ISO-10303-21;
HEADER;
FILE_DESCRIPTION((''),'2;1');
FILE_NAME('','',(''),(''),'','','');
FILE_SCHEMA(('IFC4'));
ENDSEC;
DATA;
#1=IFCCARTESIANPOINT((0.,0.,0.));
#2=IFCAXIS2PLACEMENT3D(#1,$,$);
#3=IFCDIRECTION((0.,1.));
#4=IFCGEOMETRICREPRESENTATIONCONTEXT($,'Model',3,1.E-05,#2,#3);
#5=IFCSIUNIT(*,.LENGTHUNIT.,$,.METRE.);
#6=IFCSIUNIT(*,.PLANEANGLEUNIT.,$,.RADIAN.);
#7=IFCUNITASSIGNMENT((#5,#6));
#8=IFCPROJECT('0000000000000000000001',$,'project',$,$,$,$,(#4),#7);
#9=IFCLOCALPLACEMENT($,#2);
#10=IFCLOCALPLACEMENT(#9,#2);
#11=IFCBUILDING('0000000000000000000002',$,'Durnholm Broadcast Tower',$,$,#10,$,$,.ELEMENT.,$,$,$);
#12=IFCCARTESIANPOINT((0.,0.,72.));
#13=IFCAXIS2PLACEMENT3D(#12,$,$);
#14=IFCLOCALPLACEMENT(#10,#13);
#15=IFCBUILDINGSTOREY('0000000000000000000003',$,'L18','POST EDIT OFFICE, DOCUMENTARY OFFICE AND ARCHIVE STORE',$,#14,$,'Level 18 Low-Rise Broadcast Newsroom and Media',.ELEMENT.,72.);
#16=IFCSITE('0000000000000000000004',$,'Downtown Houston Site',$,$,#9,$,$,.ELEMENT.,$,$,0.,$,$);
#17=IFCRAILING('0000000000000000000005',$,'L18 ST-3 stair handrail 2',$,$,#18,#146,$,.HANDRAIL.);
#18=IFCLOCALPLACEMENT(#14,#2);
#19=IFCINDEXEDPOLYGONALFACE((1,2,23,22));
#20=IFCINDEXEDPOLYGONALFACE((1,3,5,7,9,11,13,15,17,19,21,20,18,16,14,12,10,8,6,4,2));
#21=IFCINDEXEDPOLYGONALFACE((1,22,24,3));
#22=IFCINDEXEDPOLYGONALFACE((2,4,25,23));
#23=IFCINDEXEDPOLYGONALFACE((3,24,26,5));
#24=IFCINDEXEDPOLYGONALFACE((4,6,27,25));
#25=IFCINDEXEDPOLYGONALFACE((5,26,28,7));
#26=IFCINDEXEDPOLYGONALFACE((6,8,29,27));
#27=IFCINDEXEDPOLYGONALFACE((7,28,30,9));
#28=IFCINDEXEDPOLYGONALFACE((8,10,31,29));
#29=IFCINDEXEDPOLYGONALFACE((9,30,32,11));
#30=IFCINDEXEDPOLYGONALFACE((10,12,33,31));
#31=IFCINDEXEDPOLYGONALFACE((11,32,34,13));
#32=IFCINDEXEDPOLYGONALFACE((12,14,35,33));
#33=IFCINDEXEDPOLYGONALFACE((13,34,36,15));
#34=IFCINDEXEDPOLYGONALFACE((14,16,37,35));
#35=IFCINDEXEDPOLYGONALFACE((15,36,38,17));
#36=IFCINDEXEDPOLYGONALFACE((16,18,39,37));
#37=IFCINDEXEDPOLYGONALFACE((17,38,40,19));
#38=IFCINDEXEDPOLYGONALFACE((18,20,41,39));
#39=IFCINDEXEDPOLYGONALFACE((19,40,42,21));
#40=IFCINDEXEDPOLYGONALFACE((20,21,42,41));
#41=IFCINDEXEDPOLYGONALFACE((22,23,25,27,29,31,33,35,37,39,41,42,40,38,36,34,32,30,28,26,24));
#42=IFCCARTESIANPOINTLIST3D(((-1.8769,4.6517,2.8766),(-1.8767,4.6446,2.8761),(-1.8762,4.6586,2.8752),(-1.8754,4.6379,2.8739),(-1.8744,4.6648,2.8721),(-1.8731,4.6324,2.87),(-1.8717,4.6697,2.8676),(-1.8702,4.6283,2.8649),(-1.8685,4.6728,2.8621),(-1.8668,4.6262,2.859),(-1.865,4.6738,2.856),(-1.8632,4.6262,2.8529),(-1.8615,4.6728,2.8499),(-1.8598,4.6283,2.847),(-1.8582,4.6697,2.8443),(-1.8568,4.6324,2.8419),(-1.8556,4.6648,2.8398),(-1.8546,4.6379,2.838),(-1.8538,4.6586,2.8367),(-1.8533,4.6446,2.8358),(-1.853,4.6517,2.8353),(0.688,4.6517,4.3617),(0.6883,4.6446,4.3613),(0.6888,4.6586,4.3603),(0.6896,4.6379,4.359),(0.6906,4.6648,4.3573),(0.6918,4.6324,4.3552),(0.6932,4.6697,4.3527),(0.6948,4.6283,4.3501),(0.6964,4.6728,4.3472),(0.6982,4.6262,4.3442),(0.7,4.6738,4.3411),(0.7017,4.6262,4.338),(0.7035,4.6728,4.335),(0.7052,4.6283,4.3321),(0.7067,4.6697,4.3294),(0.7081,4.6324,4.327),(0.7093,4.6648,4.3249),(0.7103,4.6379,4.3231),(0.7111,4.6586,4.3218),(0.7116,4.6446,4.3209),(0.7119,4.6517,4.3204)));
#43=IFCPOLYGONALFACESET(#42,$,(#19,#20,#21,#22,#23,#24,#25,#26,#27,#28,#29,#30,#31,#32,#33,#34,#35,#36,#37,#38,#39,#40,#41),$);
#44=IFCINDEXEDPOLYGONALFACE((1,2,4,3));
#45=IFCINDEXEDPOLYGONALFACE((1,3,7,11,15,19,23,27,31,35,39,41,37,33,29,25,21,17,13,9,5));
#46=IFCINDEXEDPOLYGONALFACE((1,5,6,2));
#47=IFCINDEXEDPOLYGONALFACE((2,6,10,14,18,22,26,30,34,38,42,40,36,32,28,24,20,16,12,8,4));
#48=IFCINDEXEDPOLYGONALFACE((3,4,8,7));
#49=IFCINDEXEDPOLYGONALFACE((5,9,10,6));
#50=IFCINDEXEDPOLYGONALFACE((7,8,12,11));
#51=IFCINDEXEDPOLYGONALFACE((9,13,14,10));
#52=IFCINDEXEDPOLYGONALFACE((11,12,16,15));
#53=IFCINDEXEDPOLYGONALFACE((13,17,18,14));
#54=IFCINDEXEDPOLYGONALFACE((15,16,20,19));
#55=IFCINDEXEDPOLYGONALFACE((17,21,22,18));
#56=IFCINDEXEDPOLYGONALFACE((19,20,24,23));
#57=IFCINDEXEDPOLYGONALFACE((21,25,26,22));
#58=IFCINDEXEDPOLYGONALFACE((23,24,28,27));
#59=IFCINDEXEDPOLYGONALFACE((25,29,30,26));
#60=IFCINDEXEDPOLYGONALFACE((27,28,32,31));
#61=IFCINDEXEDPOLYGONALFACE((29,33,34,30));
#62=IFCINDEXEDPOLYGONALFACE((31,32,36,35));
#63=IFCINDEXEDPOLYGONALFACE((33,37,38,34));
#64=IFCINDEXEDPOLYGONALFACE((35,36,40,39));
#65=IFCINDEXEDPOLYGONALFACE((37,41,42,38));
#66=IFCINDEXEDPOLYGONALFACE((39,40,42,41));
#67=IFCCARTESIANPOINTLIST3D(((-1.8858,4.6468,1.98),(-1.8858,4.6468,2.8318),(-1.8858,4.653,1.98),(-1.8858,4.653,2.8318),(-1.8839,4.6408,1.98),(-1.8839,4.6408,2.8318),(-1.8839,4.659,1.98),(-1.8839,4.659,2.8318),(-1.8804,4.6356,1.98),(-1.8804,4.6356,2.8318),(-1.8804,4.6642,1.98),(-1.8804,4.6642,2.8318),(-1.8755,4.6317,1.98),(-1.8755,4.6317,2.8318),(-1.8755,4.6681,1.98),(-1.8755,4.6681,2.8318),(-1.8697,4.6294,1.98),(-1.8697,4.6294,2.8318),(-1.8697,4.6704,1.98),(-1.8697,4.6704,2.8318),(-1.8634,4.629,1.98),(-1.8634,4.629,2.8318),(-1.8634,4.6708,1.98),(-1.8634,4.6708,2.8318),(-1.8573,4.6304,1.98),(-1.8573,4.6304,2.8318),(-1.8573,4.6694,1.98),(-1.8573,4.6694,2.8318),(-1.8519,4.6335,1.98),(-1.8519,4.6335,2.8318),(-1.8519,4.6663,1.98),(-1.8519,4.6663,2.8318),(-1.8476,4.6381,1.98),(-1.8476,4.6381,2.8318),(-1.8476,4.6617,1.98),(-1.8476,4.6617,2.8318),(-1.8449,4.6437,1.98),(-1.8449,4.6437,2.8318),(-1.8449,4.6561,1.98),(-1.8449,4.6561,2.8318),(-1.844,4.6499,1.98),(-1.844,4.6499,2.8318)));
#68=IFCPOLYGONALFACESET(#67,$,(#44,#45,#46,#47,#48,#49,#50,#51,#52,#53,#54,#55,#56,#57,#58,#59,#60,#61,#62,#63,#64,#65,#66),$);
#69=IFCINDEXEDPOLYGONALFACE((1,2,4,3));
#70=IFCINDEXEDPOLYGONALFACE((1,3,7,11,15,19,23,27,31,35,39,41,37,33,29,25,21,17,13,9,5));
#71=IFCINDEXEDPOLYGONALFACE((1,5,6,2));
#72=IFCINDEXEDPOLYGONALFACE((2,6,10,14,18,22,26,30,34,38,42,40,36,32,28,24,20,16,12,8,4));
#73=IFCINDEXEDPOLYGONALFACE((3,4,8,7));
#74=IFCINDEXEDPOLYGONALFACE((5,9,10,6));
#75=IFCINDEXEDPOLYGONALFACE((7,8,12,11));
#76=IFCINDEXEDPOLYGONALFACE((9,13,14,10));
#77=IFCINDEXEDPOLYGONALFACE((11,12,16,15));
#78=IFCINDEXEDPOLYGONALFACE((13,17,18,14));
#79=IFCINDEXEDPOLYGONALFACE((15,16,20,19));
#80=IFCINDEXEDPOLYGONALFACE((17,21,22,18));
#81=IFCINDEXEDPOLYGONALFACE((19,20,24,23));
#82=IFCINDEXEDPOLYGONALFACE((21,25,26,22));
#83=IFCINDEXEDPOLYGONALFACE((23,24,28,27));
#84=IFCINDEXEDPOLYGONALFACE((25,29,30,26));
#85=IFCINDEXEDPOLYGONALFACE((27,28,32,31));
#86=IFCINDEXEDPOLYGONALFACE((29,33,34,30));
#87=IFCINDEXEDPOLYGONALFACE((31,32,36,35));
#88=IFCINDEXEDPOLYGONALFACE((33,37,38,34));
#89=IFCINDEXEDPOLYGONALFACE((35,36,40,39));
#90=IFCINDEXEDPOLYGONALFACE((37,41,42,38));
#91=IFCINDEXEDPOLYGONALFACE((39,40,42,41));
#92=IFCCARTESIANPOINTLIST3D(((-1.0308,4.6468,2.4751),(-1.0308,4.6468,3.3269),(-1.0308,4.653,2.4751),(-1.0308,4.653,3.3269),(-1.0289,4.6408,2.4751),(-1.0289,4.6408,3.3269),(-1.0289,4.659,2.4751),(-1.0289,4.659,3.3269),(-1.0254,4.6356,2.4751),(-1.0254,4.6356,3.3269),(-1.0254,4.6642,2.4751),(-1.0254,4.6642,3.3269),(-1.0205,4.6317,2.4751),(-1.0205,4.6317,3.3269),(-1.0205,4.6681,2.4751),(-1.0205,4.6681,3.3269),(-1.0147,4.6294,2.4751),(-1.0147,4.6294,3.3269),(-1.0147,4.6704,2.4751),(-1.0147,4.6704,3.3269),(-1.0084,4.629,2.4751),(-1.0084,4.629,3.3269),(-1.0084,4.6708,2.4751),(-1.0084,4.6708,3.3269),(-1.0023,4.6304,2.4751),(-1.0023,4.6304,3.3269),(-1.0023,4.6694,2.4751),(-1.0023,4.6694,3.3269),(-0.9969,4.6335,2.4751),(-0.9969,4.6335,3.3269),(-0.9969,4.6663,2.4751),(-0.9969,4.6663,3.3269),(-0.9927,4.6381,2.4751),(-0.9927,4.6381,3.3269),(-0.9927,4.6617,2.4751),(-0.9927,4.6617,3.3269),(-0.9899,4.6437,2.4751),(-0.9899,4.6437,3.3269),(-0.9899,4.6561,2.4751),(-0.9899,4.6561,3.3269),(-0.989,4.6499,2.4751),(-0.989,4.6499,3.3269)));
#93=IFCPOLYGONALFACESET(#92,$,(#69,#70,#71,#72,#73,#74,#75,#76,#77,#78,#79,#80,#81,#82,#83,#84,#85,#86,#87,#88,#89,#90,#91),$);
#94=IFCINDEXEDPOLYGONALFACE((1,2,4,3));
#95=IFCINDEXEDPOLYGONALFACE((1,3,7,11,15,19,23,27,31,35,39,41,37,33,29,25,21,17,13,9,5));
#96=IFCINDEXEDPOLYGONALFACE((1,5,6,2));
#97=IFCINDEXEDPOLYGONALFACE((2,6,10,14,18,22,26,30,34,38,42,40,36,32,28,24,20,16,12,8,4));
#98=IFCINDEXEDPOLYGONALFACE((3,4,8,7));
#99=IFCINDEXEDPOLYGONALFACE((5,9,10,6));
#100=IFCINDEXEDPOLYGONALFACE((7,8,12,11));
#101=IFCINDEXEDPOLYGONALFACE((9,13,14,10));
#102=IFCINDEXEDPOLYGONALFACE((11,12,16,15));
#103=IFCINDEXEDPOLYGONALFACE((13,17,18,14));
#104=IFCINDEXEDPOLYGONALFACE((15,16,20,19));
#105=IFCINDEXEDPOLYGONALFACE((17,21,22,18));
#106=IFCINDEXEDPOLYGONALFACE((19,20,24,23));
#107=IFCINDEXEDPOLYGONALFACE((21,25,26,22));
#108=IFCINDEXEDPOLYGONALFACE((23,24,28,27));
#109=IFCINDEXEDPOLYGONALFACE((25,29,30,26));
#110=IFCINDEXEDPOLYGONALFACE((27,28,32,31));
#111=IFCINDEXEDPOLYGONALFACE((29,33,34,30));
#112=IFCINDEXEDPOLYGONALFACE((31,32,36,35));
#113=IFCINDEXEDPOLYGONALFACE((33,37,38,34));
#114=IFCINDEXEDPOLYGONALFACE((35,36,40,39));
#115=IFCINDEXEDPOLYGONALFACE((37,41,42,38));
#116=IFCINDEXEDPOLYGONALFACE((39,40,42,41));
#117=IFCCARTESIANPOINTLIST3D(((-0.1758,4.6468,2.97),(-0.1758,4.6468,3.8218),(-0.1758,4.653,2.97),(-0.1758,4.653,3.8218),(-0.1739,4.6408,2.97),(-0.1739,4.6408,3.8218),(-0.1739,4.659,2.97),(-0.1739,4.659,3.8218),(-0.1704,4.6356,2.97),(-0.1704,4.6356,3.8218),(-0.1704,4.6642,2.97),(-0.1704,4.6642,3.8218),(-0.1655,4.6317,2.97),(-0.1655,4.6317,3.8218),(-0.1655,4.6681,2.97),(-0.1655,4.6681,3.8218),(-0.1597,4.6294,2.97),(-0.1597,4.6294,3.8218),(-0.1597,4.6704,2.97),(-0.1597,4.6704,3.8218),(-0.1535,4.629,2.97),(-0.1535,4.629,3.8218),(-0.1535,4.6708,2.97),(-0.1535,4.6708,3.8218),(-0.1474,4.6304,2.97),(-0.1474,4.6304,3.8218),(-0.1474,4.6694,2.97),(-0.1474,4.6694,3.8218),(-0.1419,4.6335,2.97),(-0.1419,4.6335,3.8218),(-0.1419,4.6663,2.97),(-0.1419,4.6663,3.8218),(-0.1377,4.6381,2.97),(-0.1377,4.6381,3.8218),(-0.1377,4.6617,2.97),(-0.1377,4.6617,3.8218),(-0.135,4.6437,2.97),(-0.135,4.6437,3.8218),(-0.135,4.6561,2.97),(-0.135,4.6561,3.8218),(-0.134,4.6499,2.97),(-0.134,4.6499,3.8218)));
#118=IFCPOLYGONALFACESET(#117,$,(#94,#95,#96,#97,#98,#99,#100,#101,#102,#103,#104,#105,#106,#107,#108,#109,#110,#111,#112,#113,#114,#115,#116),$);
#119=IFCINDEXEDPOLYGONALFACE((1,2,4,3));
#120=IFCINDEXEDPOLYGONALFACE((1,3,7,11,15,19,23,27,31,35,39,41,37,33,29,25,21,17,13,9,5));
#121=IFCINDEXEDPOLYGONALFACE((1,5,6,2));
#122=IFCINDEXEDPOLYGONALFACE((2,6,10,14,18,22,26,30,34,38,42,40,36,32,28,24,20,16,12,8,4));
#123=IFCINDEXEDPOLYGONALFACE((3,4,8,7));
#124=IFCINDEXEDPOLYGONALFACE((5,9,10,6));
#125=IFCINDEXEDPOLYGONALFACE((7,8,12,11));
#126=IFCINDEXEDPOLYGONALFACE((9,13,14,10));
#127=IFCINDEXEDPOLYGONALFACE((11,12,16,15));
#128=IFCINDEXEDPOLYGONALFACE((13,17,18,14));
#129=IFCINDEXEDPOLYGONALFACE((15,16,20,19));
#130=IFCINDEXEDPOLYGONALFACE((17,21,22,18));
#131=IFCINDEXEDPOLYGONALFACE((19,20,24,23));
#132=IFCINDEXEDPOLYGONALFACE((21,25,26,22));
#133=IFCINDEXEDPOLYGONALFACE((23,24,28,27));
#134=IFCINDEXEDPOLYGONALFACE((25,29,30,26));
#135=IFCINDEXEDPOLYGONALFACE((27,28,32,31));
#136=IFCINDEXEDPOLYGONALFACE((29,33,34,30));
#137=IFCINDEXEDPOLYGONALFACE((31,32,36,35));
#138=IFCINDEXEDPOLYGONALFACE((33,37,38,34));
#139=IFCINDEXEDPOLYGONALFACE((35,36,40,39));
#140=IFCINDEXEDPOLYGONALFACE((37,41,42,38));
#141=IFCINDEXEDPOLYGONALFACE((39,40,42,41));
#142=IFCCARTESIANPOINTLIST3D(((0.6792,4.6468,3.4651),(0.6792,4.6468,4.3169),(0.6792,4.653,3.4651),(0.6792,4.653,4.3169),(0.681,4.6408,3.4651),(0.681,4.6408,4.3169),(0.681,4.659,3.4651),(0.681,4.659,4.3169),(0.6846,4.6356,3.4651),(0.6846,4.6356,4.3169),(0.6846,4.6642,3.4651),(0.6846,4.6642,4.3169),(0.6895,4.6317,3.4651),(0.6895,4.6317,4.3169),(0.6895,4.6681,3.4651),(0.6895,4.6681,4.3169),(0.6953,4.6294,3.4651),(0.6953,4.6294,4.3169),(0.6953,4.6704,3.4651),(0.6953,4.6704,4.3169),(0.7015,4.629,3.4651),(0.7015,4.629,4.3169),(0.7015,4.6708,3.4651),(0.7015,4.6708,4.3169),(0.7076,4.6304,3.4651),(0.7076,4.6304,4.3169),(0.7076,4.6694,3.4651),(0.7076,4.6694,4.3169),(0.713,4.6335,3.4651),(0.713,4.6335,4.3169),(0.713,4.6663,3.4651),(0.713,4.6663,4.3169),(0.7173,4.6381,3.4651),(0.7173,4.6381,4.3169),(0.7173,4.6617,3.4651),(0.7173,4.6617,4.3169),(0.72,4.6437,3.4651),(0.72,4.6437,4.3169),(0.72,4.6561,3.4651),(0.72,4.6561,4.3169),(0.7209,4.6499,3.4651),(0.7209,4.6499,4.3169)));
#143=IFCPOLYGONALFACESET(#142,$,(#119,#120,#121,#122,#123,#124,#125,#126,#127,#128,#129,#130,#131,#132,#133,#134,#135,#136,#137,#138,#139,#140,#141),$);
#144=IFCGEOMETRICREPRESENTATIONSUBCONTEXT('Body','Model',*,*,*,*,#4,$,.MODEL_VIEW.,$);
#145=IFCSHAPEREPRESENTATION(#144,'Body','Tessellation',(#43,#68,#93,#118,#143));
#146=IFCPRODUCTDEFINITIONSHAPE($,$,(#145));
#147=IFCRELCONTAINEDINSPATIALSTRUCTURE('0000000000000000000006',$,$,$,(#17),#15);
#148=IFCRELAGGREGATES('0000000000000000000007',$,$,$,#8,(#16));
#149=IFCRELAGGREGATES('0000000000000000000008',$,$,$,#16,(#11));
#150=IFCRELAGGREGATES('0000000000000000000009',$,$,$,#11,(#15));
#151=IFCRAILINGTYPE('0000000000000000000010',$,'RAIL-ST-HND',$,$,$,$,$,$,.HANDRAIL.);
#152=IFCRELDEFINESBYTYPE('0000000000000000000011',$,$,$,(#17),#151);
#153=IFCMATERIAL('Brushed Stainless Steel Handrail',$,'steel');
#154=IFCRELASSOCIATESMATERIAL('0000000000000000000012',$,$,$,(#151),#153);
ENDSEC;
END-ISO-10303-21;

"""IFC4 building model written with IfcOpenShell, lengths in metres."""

from ifc_helpers import new_model, si_unit, direction, frame, origin, origin_2d, place, context, subcontext, project, spatial, circle, extrude, material, type_object, element, save


model = new_model("IFC4")

# Units and contexts
model_context = context("Model", 3, precision=1e-05, world=origin(), true_north=direction((0.0, 1.0)))
body_context = subcontext(model_context, "Body", "Model", "MODEL_VIEW")
ifc_project = project(units=[si_unit("LENGTHUNIT", "METRE"), si_unit("PLANEANGLEUNIT", "RADIAN")], contexts=[model_context])

# Site, building, storey
site_placement = place(None, origin())
site = spatial("IfcSite", under=ifc_project, at=site_placement, Name="Downtown Houston Site", CompositionType="ELEMENT", RefElevation=0.0)
building_placement = place(site_placement, origin())
building = spatial("IfcBuilding", under=site, at=building_placement, Name="Durnholm Broadcast Tower", CompositionType="ELEMENT")
storey_placement = place(building_placement, frame((0.0, 0.0, 72.0)))
storey = spatial("IfcBuildingStorey", under=building, at=storey_placement, Name="L18", Description="POST EDIT OFFICE, DOCUMENTARY OFFICE AND ARCHIVE STORE", LongName="Level 18 Low-Rise Broadcast Newsroom and Media", CompositionType="ELEMENT", Elevation=72.0)

# Railing
ifc_material_1 = material(Name="Brushed Stainless Steel Handrail", Category="steel")
railing_type_1 = type_object("IfcRailingType", Name="RAIL-ST-HND", PredefinedType="HANDRAIL", material=ifc_material_1)
railing_1_placement = place(storey_placement, frame((-1.865, 4.6499, 1.98)))
element("IfcRailing", 1, at=railing_1_placement, inside=storey, type_object=railing_type_1, Name="L18 ST-3 stair handrail 2", PredefinedType="HANDRAIL", context=body_context, shape_type="SweptSolid", body=[
    extrude(circle(Radius=0.0239, at=origin_2d()), frame((0.0, 0.0, 0.876), z_axis=(0.865406, 0.0, 0.501072), x_axis=(0.0, 1.0, 0.0)), (0.0, 0.0, 1.0), 2.9639),
    extrude(circle(Radius=0.021, at=origin_2d()), origin(), (0.0, 0.0, 1.0), 0.8518),
    extrude(circle(Radius=0.021, at=origin_2d()), frame((0.855, 0.0, 0.4951)), (0.0, 0.0, 1.0), 0.8518),
    extrude(circle(Radius=0.021, at=origin_2d()), frame((1.71, 0.0, 0.99)), (0.0, 0.0, 1.0), 0.8518),
    extrude(circle(Radius=0.021, at=origin_2d()), frame((2.5649, 0.0, 1.4851)), (0.0, 0.0, 1.0), 0.8518),
])

save(model, "model.ifc")
